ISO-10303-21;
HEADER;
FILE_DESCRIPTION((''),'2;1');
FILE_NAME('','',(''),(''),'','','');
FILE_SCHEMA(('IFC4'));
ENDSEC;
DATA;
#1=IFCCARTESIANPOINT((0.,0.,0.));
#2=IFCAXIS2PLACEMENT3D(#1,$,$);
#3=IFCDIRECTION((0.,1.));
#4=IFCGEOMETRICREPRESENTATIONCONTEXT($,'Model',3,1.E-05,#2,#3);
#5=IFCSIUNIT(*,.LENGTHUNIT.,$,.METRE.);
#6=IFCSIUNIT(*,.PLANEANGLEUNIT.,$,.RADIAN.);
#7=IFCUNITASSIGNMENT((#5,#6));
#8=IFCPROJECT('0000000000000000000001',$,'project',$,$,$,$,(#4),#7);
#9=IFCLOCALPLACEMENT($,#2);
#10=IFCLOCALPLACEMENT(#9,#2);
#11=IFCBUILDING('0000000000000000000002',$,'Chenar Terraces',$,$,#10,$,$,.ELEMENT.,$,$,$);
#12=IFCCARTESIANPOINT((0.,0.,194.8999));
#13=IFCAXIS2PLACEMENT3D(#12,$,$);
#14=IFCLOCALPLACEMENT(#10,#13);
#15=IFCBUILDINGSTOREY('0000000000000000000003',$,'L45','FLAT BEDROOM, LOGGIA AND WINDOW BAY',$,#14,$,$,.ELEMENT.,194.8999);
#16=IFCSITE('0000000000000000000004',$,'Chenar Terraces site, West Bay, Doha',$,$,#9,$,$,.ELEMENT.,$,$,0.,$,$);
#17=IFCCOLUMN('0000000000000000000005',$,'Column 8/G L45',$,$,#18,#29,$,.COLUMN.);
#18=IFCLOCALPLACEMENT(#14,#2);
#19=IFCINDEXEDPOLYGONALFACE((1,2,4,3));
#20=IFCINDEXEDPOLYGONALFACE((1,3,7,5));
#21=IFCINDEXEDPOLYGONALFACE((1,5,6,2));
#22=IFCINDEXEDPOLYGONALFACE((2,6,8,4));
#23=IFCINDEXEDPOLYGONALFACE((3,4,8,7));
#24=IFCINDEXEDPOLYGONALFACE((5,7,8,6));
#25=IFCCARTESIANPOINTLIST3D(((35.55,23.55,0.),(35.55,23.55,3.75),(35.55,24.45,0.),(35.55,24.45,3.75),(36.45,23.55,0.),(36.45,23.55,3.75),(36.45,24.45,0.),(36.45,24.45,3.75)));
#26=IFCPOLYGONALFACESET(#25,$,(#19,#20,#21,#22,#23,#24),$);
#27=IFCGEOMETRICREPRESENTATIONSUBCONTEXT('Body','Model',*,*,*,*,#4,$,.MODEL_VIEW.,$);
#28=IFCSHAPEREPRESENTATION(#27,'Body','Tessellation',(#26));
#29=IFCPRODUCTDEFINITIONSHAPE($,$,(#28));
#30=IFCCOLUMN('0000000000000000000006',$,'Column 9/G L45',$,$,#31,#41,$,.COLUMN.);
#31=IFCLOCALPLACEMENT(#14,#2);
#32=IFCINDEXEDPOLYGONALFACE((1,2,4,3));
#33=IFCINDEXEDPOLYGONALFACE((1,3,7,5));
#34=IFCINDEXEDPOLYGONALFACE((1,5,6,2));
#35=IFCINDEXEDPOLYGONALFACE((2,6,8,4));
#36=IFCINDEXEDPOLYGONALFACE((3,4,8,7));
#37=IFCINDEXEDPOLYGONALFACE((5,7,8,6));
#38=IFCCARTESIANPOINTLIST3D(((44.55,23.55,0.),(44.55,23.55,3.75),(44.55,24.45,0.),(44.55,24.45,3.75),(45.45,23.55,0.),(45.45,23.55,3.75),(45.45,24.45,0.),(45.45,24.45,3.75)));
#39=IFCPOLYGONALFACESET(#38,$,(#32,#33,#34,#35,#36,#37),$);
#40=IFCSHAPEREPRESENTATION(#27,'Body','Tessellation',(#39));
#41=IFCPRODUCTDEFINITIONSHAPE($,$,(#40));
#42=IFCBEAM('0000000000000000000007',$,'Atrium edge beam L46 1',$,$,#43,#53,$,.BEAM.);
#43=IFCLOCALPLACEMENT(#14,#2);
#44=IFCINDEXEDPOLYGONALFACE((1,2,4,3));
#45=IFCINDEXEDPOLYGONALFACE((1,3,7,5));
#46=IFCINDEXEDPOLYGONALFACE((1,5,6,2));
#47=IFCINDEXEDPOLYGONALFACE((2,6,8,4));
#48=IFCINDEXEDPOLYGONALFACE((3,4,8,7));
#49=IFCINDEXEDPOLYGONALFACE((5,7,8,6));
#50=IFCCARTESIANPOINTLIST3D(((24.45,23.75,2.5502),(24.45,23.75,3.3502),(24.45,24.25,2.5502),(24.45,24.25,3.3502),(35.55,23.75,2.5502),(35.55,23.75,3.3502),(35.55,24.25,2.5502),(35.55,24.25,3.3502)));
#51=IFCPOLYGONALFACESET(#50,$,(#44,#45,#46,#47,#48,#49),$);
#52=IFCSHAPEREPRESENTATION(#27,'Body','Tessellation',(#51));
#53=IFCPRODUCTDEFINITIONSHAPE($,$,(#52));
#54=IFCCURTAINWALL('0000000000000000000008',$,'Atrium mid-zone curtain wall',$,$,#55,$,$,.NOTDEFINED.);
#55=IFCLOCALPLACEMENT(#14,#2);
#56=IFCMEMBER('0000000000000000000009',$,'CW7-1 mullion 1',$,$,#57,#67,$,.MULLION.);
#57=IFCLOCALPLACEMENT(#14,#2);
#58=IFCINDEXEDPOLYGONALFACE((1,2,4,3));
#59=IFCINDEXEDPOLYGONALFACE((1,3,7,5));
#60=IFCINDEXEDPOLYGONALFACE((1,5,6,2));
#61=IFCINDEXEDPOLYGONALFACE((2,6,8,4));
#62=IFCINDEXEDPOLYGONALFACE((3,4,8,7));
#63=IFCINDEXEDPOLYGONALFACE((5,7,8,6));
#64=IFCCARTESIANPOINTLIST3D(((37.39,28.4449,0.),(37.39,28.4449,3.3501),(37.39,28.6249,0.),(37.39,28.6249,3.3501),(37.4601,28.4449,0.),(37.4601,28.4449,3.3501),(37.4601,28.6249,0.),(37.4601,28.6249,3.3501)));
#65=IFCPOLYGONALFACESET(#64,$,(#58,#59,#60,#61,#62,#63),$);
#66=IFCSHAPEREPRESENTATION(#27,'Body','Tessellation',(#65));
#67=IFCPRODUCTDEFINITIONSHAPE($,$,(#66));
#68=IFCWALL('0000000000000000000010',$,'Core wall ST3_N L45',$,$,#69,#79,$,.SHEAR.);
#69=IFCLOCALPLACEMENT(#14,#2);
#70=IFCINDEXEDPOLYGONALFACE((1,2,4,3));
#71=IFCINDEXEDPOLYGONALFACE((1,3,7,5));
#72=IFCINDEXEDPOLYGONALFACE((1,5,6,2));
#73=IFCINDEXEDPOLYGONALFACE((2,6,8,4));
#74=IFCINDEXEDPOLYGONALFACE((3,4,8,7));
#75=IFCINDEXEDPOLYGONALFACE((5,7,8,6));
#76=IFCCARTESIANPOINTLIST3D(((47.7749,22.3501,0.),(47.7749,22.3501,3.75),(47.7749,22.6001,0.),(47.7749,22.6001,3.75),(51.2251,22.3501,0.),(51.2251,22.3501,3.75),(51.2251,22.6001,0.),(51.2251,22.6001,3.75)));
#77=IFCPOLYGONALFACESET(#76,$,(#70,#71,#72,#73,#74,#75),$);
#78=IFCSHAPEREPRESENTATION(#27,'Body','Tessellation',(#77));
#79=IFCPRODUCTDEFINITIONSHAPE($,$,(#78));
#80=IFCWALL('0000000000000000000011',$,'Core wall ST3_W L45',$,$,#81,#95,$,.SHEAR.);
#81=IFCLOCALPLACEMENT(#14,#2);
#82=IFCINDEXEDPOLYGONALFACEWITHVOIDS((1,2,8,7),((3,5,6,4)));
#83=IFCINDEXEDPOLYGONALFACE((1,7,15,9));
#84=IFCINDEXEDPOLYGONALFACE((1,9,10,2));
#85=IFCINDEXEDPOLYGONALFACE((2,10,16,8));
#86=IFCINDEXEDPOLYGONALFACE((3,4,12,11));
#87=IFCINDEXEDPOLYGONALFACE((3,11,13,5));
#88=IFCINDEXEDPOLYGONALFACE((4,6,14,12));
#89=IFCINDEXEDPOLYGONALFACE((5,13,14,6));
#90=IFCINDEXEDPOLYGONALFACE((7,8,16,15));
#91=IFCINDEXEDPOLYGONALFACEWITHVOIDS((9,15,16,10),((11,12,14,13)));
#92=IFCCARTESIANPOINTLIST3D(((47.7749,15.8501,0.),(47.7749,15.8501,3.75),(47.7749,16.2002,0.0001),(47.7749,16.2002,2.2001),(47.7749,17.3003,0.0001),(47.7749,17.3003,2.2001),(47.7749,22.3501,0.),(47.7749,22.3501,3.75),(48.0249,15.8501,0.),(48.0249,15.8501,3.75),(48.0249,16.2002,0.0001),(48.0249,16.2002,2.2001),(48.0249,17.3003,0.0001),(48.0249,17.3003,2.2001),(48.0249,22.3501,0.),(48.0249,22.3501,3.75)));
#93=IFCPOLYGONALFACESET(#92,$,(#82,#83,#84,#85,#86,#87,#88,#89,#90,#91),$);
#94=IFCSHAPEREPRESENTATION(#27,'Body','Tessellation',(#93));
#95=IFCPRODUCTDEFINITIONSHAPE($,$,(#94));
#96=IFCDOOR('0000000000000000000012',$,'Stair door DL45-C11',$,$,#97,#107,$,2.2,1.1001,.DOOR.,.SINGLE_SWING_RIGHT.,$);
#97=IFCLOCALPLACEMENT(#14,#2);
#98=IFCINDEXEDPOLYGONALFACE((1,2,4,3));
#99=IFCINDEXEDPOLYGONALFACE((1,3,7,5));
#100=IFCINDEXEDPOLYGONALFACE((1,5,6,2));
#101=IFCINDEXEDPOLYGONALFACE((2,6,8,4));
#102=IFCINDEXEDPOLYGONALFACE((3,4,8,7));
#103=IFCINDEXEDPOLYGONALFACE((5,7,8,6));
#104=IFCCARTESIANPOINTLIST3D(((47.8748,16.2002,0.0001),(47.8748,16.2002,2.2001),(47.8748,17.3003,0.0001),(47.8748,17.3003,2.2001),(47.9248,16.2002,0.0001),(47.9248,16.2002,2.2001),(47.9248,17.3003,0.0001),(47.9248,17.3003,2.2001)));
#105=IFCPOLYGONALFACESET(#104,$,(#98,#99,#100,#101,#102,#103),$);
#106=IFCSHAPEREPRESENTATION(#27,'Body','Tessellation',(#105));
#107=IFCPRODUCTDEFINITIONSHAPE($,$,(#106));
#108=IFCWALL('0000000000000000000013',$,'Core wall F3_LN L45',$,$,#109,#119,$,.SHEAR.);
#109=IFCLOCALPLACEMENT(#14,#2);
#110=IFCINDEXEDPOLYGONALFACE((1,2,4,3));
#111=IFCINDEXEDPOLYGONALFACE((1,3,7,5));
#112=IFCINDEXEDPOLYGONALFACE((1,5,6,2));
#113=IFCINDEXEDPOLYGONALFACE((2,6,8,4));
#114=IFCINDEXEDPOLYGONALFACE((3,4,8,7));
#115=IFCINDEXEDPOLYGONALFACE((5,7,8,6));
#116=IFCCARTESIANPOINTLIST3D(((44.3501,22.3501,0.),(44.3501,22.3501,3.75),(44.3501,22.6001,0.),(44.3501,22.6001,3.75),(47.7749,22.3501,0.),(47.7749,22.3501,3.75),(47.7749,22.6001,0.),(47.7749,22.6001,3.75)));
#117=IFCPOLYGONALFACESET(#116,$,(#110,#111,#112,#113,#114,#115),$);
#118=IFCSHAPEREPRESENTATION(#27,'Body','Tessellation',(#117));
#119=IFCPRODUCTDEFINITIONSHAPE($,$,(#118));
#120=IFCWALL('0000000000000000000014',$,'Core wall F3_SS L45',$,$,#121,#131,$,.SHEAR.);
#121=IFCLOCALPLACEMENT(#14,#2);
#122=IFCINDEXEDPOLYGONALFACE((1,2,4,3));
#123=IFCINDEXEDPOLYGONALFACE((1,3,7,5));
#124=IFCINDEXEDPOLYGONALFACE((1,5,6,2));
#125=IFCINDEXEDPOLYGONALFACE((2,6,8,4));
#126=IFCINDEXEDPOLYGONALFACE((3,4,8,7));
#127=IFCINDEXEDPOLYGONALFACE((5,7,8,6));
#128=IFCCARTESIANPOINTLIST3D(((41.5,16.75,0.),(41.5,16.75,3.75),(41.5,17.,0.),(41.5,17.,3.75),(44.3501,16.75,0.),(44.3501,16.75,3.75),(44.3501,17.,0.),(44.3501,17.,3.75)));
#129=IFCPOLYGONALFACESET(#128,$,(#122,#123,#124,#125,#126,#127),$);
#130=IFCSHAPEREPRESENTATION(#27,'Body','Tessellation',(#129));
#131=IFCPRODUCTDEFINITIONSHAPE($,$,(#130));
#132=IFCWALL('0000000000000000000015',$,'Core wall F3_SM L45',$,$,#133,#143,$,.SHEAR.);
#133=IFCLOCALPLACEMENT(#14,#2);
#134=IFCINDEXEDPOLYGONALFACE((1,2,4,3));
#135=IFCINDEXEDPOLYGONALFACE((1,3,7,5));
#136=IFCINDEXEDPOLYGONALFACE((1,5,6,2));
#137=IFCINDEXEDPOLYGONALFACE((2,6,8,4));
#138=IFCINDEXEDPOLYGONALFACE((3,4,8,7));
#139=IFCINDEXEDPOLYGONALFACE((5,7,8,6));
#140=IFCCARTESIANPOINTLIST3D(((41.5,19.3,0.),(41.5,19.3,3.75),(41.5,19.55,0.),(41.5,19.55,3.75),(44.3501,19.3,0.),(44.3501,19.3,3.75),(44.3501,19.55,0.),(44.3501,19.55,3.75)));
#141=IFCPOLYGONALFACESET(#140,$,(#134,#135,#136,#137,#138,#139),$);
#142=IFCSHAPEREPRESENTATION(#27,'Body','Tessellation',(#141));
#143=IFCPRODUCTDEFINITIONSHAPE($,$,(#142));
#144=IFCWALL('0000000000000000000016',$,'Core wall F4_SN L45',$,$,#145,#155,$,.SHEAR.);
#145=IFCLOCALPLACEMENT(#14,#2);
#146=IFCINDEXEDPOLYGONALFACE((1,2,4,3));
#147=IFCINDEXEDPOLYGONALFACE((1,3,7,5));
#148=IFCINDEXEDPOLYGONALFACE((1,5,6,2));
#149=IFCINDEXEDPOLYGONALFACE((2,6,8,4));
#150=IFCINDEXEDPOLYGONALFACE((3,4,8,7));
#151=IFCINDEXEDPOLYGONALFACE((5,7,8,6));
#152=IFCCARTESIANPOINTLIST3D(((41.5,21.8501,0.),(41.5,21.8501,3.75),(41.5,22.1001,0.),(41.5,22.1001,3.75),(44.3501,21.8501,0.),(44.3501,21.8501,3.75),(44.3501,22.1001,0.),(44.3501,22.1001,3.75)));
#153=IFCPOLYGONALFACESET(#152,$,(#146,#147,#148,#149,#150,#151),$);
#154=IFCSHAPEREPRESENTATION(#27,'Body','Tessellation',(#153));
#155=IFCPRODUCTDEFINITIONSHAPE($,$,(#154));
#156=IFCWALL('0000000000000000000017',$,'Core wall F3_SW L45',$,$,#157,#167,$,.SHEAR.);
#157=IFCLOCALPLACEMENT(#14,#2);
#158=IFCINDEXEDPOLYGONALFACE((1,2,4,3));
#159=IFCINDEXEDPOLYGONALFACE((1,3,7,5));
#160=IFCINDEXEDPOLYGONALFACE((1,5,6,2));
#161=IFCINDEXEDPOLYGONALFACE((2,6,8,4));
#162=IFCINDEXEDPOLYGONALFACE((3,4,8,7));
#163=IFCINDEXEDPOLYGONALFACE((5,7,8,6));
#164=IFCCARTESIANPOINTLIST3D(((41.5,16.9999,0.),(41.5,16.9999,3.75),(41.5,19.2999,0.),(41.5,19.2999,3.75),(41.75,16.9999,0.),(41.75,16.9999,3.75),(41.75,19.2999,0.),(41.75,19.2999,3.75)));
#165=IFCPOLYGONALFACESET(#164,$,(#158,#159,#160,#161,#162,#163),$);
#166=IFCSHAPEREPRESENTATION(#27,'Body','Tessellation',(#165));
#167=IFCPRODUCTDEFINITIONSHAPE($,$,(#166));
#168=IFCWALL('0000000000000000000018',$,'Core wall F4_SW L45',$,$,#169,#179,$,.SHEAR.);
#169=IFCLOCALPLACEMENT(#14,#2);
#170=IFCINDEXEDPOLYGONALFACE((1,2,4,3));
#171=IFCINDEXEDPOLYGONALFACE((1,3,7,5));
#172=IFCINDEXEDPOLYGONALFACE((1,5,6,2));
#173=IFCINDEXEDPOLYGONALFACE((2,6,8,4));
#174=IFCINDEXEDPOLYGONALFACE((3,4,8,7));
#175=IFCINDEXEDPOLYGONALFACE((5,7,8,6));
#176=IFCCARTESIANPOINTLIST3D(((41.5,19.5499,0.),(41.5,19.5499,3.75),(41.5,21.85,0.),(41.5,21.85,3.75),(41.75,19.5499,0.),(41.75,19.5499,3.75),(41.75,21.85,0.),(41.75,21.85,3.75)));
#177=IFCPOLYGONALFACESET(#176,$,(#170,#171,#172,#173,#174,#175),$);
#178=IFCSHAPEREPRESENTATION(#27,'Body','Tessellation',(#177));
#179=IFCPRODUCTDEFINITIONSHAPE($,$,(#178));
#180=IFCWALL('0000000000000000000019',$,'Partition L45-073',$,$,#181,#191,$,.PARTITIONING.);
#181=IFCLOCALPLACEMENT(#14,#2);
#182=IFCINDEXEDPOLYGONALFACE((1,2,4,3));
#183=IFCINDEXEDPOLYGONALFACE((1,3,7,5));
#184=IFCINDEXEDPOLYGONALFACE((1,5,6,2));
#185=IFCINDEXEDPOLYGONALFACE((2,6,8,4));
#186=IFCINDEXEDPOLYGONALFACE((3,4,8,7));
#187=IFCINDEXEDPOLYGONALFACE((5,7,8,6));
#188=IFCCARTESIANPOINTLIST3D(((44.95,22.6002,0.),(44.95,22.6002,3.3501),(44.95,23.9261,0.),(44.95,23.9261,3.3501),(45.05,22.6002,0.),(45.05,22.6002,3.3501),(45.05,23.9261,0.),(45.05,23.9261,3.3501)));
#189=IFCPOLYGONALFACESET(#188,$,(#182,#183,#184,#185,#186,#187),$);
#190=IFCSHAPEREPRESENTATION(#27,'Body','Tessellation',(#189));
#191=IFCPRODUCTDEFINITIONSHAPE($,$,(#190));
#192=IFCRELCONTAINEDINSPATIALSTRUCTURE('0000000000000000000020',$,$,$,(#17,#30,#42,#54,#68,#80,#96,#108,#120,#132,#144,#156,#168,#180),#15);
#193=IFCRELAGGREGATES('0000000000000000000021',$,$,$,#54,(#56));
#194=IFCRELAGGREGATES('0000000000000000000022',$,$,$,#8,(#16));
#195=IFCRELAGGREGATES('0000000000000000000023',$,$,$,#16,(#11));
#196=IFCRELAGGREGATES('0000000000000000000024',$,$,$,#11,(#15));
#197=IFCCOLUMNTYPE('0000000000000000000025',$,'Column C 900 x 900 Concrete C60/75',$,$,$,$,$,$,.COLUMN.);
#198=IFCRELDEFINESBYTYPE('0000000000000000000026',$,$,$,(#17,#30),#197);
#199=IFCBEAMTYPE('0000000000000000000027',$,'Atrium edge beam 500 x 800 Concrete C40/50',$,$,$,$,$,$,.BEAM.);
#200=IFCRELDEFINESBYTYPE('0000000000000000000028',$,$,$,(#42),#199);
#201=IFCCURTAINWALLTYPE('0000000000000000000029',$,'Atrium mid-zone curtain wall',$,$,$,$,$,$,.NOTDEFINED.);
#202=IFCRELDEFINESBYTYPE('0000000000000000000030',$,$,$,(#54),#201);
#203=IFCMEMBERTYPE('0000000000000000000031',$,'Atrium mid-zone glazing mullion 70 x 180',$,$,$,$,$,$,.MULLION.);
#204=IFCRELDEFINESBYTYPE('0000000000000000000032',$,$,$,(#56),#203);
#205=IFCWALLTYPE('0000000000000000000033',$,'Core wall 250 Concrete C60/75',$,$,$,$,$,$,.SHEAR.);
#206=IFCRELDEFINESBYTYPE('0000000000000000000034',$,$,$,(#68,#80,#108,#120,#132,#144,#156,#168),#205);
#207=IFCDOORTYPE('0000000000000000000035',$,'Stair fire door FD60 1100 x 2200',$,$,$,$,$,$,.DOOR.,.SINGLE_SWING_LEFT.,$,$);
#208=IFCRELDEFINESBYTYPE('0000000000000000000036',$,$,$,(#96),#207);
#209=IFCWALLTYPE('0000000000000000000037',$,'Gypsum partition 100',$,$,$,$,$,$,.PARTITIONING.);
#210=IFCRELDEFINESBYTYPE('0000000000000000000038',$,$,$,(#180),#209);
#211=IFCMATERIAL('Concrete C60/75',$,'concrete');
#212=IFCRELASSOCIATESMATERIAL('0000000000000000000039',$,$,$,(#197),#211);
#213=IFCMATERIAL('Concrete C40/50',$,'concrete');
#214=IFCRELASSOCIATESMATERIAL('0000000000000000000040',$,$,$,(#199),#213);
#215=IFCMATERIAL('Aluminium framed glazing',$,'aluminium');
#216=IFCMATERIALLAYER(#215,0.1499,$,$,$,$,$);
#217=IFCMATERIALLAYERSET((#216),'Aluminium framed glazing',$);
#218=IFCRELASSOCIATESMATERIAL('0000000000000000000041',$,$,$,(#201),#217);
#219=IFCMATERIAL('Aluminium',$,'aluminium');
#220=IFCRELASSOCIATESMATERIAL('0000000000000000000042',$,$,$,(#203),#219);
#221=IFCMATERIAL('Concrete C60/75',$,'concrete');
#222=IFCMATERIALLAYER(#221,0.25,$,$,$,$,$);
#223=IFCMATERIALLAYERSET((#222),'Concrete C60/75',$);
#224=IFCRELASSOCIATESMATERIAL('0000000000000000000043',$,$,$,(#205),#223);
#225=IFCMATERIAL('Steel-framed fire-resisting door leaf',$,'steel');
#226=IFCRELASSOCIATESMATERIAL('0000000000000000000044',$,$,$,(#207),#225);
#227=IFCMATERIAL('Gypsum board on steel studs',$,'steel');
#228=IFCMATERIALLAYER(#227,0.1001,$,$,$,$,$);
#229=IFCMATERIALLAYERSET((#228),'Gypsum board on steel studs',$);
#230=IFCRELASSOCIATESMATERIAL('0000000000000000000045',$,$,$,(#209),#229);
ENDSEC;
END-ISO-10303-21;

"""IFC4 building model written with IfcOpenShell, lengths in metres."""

from ifc_helpers import new_model, si_unit, direction, frame, frame_2d, origin, origin_2d, place, context, subcontext, project, spatial, rectangle, extrude, material, layer, layer_set, material_profile, profile_set, type_object, element, fill, aggregate, save


model = new_model("IFC4")

# Units and contexts
model_context = context("Model", 3, precision=1e-05, world=origin(), true_north=direction((0.0, 1.0)))
body_context = subcontext(model_context, "Body", "Model", "MODEL_VIEW")
ifc_project = project(units=[si_unit("LENGTHUNIT", "METRE"), si_unit("PLANEANGLEUNIT", "RADIAN")], contexts=[model_context])

# Site, building, storey
site_placement = place(None, origin())
site = spatial("IfcSite", under=ifc_project, at=site_placement, Name="Chenar Terraces site, West Bay, Doha", CompositionType="ELEMENT", RefElevation=0.0)
building_placement = place(site_placement, origin())
building = spatial("IfcBuilding", under=site, at=building_placement, Name="Chenar Terraces", CompositionType="ELEMENT")
storey_placement = place(building_placement, frame((0.0, 0.0, 194.8999)))
storey = spatial("IfcBuildingStorey", under=building, at=storey_placement, Name="L45", Description="FLAT BEDROOM, LOGGIA AND WINDOW BAY", CompositionType="ELEMENT", Elevation=194.8999)

# Columns
ifc_material_1 = material(Name="Concrete C60/75", Category="concrete")
ifc_material_profile_1 = material_profile(ifc_material_1, rectangle(XDim=0.8999, YDim=0.8999, at=origin_2d()), Name="C 900 x 900")
ifc_profile_set_1 = profile_set([ifc_material_profile_1], Name="Concrete C60/75")
column_type = type_object("IfcColumnType", Name="Column C 900 x 900 Concrete C60/75", PredefinedType="COLUMN", material=ifc_profile_set_1)
for number, where, z_axis, x_axis, name in (
    (1, (36.0, 24.0, 0.0), (0.0, 0.0, 1.0), (1.0, 0.0, 0.0), "Column 8/G L45"),
    (2, (45.0, 24.0, 0.0), (0.0, 0.0, 1.0), (1.0, 0.0, 0.0), "Column 9/G L45"),
):
    element("IfcColumn", number, at=place(storey_placement, frame(where, z_axis=z_axis, x_axis=x_axis)), inside=storey, type_object=column_type, Name=name, PredefinedType="COLUMN", context=body_context, shape_type="SweptSolid", body=[
        extrude(rectangle(XDim=0.8999, YDim=0.8999, at=origin_2d()), origin(), (0.0, 0.0, 1.0), 3.75),
    ])

# Beam
ifc_material_2 = material(Name="Concrete C40/50", Category="concrete")
ifc_material_profile_2 = material_profile(ifc_material_2, rectangle(XDim=0.5, YDim=0.8, at=origin_2d()), Name="RC 500 x 800")
ifc_profile_set_2 = profile_set([ifc_material_profile_2], Name="Concrete C40/50")
beam_type = type_object("IfcBeamType", Name="Atrium edge beam 500 x 800 Concrete C40/50", PredefinedType="BEAM", material=ifc_profile_set_2)
beam_placement = place(storey_placement, frame((24.45, 24.0, 2.9502), z_axis=(1.0, 0.0, 0.0), x_axis=(0.0, 1.0, 0.0)))
element("IfcBeam", 3, at=beam_placement, inside=storey, type_object=beam_type, Name="Atrium edge beam L46 1", PredefinedType="BEAM", context=body_context, shape_type="SweptSolid", body=[
    extrude(rectangle(XDim=0.5, YDim=0.8, at=origin_2d()), origin(), (0.0, 0.0, 1.0), 11.1001),
])

# Curtain wall, member
ifc_material_3 = material(Name="Aluminium framed glazing", Category="aluminium")
ifc_layer_1 = layer(ifc_material_3, 0.1499)
ifc_layer_set_1 = layer_set([ifc_layer_1], Name="Aluminium framed glazing")
curtain_wall_type = type_object("IfcCurtainWallType", Name="Atrium mid-zone curtain wall", PredefinedType="NOTDEFINED", material=ifc_layer_set_1)
curtain_wall_placement = place(storey_placement, origin())
curtain_wall = element("IfcCurtainWall", 4, at=curtain_wall_placement, inside=storey, type_object=curtain_wall_type, Name="Atrium mid-zone curtain wall", PredefinedType="NOTDEFINED")
ifc_material_4 = material(Name="Aluminium", Category="aluminium")
ifc_material_profile_3 = material_profile(ifc_material_4, rectangle(XDim=0.0701, YDim=0.1799, at=origin_2d()), Name="Atrium mid-zone glazing mullion 70 x 180")
ifc_profile_set_3 = profile_set([ifc_material_profile_3], Name="Aluminium")
member_type = type_object("IfcMemberType", Name="Atrium mid-zone glazing mullion 70 x 180", PredefinedType="MULLION", material=ifc_profile_set_3)
member_placement = place(storey_placement, frame((37.425, 28.5349, 0.0), z_axis=(0.0, 0.0, 1.0), x_axis=(-1.0, 0.0, 0.0)))
member = element("IfcMember", 5, at=member_placement, type_object=member_type, Name="CW7-1 mullion 1", PredefinedType="MULLION", context=body_context, shape_type="SweptSolid", body=[
    extrude(rectangle(XDim=0.0701, YDim=0.1799, at=origin_2d()), origin(), (0.0, 0.0, 1.0), 3.3501),
])
aggregate(curtain_wall, [member])

# Wall
ifc_material_5 = material(Name="Concrete C60/75", Category="concrete")
ifc_layer_2 = layer(ifc_material_5, 0.25)
ifc_layer_set_2 = layer_set([ifc_layer_2], Name="Concrete C60/75")
wall_type_1 = type_object("IfcWallType", Name="Core wall 250 Concrete C60/75", PredefinedType="SHEAR", material=ifc_layer_set_2)
wall_1_placement = place(storey_placement, frame((47.7749, 22.4751, 0.0), z_axis=(0.0, 0.0, 1.0), x_axis=(1.0, 0.0, 0.0)))
element("IfcWall", 6, at=wall_1_placement, inside=storey, type_object=wall_type_1, Name="Core wall ST3_N L45", PredefinedType="SHEAR", context=body_context, shape_type="SweptSolid", body=[
    extrude(rectangle(XDim=3.4502, YDim=0.25, at=frame_2d((1.7251, 0.0))), origin(), (0.0, 0.0, 1.0), 3.75),
])

# Wall, opening, door
wall_2_placement = place(storey_placement, frame((47.8999, 15.8501, 0.0), z_axis=(0.0, 0.0, 1.0), x_axis=(0.0, 1.0, 0.0)))
wall_2 = element("IfcWall", 7, at=wall_2_placement, inside=storey, type_object=wall_type_1, Name="Core wall ST3_W L45", PredefinedType="SHEAR", context=body_context, shape_type="SweptSolid", body=[
    extrude(rectangle(XDim=6.5, YDim=0.25, at=frame_2d((3.25, 0.0))), origin(), (0.0, 0.0, 1.0), 3.75),
])
opening_1_placement = place(wall_2_placement, frame((0.3501, 0.0, 0.0)))
opening_1 = element("IfcOpeningElement", 8, at=opening_1_placement, cuts=wall_2, PredefinedType="OPENING", context=body_context, shape_type="SweptSolid", body=[
    extrude(rectangle(XDim=1.1001, YDim=2.2, at=frame_2d((0.55, 1.1001))), frame((0.0, 0.135, 0.0), z_axis=(0.0, -1.0, 0.0), x_axis=(1.0, 0.0, 0.0)), (0.0, 0.0, 1.0), 0.27),
])
ifc_material_6 = material(Name="Steel-framed fire-resisting door leaf", Category="steel")
door_type = type_object("IfcDoorType", Name="Stair fire door FD60 1100 x 2200", OperationType="SINGLE_SWING_LEFT", PredefinedType="DOOR", material=ifc_material_6)
door_placement = place(opening_1_placement, frame((1.1001, 0.0, 0.0), z_axis=(0.0, 0.0, 1.0), x_axis=(-1.0, 0.0, 0.0)))
door = element("IfcDoor", 9, at=door_placement, inside=storey, type_object=door_type, Name="Stair door DL45-C11", OperationType="SINGLE_SWING_RIGHT", OverallHeight=2.2, OverallWidth=1.1001, PredefinedType="DOOR", context=body_context, shape_type="SweptSolid", body=[
    extrude(rectangle(XDim=1.1001, YDim=2.2, at=frame_2d((0.55, 1.1001))), frame((0.0, 0.0249, 0.0), z_axis=(0.0, -1.0, 0.0), x_axis=(1.0, 0.0, 0.0)), (0.0, 0.0, 1.0), 0.05),
])
fill(opening_1, door)

# Walls
wall_3_placement = place(storey_placement, frame((44.3501, 22.4751, 0.0), z_axis=(0.0, 0.0, 1.0), x_axis=(1.0, 0.0, 0.0)))
element("IfcWall", 10, at=wall_3_placement, inside=storey, type_object=wall_type_1, Name="Core wall F3_LN L45", PredefinedType="SHEAR", context=body_context, shape_type="SweptSolid", body=[
    extrude(rectangle(XDim=3.4248, YDim=0.25, at=frame_2d((1.7124, 0.0))), origin(), (0.0, 0.0, 1.0), 3.75),
])
for number, where, z_axis, x_axis, name in (
    (11, (41.5, 16.875, 0.0), (0.0, 0.0, 1.0), (1.0, 0.0, 0.0), "Core wall F3_SS L45"),
    (12, (41.5, 19.425, 0.0), (0.0, 0.0, 1.0), (1.0, 0.0, 0.0), "Core wall F3_SM L45"),
    (13, (41.5, 21.9751, 0.0), (0.0, 0.0, 1.0), (1.0, 0.0, 0.0), "Core wall F4_SN L45"),
):
    element("IfcWall", number, at=place(storey_placement, frame(where, z_axis=z_axis, x_axis=x_axis)), inside=storey, type_object=wall_type_1, Name=name, PredefinedType="SHEAR", context=body_context, shape_type="SweptSolid", body=[
        extrude(rectangle(XDim=2.8501, YDim=0.25, at=frame_2d((1.425, 0.0))), origin(), (0.0, 0.0, 1.0), 3.75),
    ])
for number, where, z_axis, x_axis, name in (
    (14, (41.625, 17.0, 0.0), (0.0, 0.0, 1.0), (0.0, 1.0, 0.0), "Core wall F3_SW L45"),
    (15, (41.625, 19.55, 0.0), (0.0, 0.0, 1.0), (0.0, 1.0, 0.0), "Core wall F4_SW L45"),
):
    element("IfcWall", number, at=place(storey_placement, frame(where, z_axis=z_axis, x_axis=x_axis)), inside=storey, type_object=wall_type_1, Name=name, PredefinedType="SHEAR", context=body_context, shape_type="SweptSolid", body=[
        extrude(rectangle(XDim=2.3, YDim=0.25, at=frame_2d((1.1499, 0.0))), origin(), (0.0, 0.0, 1.0), 3.75),
    ])
ifc_material_7 = material(Name="Gypsum board on steel studs", Category="steel")
ifc_layer_3 = layer(ifc_material_7, 0.1001)
ifc_layer_set_3 = layer_set([ifc_layer_3], Name="Gypsum board on steel studs")
wall_type_2 = type_object("IfcWallType", Name="Gypsum partition 100", PredefinedType="PARTITIONING", material=ifc_layer_set_3)
wall_4_placement = place(storey_placement, frame((45.0, 22.6001, 0.0), z_axis=(0.0, 0.0, 1.0), x_axis=(0.0, 1.0, 0.0)))
element("IfcWall", 16, at=wall_4_placement, inside=storey, type_object=wall_type_2, Name="Partition L45-073", PredefinedType="PARTITIONING", context=body_context, shape_type="SweptSolid", body=[
    extrude(rectangle(XDim=1.3259, YDim=0.1001, at=frame_2d((0.6631, 0.0))), origin(), (0.0, 0.0, 1.0), 3.3501),
])

save(model, "model.ifc")
